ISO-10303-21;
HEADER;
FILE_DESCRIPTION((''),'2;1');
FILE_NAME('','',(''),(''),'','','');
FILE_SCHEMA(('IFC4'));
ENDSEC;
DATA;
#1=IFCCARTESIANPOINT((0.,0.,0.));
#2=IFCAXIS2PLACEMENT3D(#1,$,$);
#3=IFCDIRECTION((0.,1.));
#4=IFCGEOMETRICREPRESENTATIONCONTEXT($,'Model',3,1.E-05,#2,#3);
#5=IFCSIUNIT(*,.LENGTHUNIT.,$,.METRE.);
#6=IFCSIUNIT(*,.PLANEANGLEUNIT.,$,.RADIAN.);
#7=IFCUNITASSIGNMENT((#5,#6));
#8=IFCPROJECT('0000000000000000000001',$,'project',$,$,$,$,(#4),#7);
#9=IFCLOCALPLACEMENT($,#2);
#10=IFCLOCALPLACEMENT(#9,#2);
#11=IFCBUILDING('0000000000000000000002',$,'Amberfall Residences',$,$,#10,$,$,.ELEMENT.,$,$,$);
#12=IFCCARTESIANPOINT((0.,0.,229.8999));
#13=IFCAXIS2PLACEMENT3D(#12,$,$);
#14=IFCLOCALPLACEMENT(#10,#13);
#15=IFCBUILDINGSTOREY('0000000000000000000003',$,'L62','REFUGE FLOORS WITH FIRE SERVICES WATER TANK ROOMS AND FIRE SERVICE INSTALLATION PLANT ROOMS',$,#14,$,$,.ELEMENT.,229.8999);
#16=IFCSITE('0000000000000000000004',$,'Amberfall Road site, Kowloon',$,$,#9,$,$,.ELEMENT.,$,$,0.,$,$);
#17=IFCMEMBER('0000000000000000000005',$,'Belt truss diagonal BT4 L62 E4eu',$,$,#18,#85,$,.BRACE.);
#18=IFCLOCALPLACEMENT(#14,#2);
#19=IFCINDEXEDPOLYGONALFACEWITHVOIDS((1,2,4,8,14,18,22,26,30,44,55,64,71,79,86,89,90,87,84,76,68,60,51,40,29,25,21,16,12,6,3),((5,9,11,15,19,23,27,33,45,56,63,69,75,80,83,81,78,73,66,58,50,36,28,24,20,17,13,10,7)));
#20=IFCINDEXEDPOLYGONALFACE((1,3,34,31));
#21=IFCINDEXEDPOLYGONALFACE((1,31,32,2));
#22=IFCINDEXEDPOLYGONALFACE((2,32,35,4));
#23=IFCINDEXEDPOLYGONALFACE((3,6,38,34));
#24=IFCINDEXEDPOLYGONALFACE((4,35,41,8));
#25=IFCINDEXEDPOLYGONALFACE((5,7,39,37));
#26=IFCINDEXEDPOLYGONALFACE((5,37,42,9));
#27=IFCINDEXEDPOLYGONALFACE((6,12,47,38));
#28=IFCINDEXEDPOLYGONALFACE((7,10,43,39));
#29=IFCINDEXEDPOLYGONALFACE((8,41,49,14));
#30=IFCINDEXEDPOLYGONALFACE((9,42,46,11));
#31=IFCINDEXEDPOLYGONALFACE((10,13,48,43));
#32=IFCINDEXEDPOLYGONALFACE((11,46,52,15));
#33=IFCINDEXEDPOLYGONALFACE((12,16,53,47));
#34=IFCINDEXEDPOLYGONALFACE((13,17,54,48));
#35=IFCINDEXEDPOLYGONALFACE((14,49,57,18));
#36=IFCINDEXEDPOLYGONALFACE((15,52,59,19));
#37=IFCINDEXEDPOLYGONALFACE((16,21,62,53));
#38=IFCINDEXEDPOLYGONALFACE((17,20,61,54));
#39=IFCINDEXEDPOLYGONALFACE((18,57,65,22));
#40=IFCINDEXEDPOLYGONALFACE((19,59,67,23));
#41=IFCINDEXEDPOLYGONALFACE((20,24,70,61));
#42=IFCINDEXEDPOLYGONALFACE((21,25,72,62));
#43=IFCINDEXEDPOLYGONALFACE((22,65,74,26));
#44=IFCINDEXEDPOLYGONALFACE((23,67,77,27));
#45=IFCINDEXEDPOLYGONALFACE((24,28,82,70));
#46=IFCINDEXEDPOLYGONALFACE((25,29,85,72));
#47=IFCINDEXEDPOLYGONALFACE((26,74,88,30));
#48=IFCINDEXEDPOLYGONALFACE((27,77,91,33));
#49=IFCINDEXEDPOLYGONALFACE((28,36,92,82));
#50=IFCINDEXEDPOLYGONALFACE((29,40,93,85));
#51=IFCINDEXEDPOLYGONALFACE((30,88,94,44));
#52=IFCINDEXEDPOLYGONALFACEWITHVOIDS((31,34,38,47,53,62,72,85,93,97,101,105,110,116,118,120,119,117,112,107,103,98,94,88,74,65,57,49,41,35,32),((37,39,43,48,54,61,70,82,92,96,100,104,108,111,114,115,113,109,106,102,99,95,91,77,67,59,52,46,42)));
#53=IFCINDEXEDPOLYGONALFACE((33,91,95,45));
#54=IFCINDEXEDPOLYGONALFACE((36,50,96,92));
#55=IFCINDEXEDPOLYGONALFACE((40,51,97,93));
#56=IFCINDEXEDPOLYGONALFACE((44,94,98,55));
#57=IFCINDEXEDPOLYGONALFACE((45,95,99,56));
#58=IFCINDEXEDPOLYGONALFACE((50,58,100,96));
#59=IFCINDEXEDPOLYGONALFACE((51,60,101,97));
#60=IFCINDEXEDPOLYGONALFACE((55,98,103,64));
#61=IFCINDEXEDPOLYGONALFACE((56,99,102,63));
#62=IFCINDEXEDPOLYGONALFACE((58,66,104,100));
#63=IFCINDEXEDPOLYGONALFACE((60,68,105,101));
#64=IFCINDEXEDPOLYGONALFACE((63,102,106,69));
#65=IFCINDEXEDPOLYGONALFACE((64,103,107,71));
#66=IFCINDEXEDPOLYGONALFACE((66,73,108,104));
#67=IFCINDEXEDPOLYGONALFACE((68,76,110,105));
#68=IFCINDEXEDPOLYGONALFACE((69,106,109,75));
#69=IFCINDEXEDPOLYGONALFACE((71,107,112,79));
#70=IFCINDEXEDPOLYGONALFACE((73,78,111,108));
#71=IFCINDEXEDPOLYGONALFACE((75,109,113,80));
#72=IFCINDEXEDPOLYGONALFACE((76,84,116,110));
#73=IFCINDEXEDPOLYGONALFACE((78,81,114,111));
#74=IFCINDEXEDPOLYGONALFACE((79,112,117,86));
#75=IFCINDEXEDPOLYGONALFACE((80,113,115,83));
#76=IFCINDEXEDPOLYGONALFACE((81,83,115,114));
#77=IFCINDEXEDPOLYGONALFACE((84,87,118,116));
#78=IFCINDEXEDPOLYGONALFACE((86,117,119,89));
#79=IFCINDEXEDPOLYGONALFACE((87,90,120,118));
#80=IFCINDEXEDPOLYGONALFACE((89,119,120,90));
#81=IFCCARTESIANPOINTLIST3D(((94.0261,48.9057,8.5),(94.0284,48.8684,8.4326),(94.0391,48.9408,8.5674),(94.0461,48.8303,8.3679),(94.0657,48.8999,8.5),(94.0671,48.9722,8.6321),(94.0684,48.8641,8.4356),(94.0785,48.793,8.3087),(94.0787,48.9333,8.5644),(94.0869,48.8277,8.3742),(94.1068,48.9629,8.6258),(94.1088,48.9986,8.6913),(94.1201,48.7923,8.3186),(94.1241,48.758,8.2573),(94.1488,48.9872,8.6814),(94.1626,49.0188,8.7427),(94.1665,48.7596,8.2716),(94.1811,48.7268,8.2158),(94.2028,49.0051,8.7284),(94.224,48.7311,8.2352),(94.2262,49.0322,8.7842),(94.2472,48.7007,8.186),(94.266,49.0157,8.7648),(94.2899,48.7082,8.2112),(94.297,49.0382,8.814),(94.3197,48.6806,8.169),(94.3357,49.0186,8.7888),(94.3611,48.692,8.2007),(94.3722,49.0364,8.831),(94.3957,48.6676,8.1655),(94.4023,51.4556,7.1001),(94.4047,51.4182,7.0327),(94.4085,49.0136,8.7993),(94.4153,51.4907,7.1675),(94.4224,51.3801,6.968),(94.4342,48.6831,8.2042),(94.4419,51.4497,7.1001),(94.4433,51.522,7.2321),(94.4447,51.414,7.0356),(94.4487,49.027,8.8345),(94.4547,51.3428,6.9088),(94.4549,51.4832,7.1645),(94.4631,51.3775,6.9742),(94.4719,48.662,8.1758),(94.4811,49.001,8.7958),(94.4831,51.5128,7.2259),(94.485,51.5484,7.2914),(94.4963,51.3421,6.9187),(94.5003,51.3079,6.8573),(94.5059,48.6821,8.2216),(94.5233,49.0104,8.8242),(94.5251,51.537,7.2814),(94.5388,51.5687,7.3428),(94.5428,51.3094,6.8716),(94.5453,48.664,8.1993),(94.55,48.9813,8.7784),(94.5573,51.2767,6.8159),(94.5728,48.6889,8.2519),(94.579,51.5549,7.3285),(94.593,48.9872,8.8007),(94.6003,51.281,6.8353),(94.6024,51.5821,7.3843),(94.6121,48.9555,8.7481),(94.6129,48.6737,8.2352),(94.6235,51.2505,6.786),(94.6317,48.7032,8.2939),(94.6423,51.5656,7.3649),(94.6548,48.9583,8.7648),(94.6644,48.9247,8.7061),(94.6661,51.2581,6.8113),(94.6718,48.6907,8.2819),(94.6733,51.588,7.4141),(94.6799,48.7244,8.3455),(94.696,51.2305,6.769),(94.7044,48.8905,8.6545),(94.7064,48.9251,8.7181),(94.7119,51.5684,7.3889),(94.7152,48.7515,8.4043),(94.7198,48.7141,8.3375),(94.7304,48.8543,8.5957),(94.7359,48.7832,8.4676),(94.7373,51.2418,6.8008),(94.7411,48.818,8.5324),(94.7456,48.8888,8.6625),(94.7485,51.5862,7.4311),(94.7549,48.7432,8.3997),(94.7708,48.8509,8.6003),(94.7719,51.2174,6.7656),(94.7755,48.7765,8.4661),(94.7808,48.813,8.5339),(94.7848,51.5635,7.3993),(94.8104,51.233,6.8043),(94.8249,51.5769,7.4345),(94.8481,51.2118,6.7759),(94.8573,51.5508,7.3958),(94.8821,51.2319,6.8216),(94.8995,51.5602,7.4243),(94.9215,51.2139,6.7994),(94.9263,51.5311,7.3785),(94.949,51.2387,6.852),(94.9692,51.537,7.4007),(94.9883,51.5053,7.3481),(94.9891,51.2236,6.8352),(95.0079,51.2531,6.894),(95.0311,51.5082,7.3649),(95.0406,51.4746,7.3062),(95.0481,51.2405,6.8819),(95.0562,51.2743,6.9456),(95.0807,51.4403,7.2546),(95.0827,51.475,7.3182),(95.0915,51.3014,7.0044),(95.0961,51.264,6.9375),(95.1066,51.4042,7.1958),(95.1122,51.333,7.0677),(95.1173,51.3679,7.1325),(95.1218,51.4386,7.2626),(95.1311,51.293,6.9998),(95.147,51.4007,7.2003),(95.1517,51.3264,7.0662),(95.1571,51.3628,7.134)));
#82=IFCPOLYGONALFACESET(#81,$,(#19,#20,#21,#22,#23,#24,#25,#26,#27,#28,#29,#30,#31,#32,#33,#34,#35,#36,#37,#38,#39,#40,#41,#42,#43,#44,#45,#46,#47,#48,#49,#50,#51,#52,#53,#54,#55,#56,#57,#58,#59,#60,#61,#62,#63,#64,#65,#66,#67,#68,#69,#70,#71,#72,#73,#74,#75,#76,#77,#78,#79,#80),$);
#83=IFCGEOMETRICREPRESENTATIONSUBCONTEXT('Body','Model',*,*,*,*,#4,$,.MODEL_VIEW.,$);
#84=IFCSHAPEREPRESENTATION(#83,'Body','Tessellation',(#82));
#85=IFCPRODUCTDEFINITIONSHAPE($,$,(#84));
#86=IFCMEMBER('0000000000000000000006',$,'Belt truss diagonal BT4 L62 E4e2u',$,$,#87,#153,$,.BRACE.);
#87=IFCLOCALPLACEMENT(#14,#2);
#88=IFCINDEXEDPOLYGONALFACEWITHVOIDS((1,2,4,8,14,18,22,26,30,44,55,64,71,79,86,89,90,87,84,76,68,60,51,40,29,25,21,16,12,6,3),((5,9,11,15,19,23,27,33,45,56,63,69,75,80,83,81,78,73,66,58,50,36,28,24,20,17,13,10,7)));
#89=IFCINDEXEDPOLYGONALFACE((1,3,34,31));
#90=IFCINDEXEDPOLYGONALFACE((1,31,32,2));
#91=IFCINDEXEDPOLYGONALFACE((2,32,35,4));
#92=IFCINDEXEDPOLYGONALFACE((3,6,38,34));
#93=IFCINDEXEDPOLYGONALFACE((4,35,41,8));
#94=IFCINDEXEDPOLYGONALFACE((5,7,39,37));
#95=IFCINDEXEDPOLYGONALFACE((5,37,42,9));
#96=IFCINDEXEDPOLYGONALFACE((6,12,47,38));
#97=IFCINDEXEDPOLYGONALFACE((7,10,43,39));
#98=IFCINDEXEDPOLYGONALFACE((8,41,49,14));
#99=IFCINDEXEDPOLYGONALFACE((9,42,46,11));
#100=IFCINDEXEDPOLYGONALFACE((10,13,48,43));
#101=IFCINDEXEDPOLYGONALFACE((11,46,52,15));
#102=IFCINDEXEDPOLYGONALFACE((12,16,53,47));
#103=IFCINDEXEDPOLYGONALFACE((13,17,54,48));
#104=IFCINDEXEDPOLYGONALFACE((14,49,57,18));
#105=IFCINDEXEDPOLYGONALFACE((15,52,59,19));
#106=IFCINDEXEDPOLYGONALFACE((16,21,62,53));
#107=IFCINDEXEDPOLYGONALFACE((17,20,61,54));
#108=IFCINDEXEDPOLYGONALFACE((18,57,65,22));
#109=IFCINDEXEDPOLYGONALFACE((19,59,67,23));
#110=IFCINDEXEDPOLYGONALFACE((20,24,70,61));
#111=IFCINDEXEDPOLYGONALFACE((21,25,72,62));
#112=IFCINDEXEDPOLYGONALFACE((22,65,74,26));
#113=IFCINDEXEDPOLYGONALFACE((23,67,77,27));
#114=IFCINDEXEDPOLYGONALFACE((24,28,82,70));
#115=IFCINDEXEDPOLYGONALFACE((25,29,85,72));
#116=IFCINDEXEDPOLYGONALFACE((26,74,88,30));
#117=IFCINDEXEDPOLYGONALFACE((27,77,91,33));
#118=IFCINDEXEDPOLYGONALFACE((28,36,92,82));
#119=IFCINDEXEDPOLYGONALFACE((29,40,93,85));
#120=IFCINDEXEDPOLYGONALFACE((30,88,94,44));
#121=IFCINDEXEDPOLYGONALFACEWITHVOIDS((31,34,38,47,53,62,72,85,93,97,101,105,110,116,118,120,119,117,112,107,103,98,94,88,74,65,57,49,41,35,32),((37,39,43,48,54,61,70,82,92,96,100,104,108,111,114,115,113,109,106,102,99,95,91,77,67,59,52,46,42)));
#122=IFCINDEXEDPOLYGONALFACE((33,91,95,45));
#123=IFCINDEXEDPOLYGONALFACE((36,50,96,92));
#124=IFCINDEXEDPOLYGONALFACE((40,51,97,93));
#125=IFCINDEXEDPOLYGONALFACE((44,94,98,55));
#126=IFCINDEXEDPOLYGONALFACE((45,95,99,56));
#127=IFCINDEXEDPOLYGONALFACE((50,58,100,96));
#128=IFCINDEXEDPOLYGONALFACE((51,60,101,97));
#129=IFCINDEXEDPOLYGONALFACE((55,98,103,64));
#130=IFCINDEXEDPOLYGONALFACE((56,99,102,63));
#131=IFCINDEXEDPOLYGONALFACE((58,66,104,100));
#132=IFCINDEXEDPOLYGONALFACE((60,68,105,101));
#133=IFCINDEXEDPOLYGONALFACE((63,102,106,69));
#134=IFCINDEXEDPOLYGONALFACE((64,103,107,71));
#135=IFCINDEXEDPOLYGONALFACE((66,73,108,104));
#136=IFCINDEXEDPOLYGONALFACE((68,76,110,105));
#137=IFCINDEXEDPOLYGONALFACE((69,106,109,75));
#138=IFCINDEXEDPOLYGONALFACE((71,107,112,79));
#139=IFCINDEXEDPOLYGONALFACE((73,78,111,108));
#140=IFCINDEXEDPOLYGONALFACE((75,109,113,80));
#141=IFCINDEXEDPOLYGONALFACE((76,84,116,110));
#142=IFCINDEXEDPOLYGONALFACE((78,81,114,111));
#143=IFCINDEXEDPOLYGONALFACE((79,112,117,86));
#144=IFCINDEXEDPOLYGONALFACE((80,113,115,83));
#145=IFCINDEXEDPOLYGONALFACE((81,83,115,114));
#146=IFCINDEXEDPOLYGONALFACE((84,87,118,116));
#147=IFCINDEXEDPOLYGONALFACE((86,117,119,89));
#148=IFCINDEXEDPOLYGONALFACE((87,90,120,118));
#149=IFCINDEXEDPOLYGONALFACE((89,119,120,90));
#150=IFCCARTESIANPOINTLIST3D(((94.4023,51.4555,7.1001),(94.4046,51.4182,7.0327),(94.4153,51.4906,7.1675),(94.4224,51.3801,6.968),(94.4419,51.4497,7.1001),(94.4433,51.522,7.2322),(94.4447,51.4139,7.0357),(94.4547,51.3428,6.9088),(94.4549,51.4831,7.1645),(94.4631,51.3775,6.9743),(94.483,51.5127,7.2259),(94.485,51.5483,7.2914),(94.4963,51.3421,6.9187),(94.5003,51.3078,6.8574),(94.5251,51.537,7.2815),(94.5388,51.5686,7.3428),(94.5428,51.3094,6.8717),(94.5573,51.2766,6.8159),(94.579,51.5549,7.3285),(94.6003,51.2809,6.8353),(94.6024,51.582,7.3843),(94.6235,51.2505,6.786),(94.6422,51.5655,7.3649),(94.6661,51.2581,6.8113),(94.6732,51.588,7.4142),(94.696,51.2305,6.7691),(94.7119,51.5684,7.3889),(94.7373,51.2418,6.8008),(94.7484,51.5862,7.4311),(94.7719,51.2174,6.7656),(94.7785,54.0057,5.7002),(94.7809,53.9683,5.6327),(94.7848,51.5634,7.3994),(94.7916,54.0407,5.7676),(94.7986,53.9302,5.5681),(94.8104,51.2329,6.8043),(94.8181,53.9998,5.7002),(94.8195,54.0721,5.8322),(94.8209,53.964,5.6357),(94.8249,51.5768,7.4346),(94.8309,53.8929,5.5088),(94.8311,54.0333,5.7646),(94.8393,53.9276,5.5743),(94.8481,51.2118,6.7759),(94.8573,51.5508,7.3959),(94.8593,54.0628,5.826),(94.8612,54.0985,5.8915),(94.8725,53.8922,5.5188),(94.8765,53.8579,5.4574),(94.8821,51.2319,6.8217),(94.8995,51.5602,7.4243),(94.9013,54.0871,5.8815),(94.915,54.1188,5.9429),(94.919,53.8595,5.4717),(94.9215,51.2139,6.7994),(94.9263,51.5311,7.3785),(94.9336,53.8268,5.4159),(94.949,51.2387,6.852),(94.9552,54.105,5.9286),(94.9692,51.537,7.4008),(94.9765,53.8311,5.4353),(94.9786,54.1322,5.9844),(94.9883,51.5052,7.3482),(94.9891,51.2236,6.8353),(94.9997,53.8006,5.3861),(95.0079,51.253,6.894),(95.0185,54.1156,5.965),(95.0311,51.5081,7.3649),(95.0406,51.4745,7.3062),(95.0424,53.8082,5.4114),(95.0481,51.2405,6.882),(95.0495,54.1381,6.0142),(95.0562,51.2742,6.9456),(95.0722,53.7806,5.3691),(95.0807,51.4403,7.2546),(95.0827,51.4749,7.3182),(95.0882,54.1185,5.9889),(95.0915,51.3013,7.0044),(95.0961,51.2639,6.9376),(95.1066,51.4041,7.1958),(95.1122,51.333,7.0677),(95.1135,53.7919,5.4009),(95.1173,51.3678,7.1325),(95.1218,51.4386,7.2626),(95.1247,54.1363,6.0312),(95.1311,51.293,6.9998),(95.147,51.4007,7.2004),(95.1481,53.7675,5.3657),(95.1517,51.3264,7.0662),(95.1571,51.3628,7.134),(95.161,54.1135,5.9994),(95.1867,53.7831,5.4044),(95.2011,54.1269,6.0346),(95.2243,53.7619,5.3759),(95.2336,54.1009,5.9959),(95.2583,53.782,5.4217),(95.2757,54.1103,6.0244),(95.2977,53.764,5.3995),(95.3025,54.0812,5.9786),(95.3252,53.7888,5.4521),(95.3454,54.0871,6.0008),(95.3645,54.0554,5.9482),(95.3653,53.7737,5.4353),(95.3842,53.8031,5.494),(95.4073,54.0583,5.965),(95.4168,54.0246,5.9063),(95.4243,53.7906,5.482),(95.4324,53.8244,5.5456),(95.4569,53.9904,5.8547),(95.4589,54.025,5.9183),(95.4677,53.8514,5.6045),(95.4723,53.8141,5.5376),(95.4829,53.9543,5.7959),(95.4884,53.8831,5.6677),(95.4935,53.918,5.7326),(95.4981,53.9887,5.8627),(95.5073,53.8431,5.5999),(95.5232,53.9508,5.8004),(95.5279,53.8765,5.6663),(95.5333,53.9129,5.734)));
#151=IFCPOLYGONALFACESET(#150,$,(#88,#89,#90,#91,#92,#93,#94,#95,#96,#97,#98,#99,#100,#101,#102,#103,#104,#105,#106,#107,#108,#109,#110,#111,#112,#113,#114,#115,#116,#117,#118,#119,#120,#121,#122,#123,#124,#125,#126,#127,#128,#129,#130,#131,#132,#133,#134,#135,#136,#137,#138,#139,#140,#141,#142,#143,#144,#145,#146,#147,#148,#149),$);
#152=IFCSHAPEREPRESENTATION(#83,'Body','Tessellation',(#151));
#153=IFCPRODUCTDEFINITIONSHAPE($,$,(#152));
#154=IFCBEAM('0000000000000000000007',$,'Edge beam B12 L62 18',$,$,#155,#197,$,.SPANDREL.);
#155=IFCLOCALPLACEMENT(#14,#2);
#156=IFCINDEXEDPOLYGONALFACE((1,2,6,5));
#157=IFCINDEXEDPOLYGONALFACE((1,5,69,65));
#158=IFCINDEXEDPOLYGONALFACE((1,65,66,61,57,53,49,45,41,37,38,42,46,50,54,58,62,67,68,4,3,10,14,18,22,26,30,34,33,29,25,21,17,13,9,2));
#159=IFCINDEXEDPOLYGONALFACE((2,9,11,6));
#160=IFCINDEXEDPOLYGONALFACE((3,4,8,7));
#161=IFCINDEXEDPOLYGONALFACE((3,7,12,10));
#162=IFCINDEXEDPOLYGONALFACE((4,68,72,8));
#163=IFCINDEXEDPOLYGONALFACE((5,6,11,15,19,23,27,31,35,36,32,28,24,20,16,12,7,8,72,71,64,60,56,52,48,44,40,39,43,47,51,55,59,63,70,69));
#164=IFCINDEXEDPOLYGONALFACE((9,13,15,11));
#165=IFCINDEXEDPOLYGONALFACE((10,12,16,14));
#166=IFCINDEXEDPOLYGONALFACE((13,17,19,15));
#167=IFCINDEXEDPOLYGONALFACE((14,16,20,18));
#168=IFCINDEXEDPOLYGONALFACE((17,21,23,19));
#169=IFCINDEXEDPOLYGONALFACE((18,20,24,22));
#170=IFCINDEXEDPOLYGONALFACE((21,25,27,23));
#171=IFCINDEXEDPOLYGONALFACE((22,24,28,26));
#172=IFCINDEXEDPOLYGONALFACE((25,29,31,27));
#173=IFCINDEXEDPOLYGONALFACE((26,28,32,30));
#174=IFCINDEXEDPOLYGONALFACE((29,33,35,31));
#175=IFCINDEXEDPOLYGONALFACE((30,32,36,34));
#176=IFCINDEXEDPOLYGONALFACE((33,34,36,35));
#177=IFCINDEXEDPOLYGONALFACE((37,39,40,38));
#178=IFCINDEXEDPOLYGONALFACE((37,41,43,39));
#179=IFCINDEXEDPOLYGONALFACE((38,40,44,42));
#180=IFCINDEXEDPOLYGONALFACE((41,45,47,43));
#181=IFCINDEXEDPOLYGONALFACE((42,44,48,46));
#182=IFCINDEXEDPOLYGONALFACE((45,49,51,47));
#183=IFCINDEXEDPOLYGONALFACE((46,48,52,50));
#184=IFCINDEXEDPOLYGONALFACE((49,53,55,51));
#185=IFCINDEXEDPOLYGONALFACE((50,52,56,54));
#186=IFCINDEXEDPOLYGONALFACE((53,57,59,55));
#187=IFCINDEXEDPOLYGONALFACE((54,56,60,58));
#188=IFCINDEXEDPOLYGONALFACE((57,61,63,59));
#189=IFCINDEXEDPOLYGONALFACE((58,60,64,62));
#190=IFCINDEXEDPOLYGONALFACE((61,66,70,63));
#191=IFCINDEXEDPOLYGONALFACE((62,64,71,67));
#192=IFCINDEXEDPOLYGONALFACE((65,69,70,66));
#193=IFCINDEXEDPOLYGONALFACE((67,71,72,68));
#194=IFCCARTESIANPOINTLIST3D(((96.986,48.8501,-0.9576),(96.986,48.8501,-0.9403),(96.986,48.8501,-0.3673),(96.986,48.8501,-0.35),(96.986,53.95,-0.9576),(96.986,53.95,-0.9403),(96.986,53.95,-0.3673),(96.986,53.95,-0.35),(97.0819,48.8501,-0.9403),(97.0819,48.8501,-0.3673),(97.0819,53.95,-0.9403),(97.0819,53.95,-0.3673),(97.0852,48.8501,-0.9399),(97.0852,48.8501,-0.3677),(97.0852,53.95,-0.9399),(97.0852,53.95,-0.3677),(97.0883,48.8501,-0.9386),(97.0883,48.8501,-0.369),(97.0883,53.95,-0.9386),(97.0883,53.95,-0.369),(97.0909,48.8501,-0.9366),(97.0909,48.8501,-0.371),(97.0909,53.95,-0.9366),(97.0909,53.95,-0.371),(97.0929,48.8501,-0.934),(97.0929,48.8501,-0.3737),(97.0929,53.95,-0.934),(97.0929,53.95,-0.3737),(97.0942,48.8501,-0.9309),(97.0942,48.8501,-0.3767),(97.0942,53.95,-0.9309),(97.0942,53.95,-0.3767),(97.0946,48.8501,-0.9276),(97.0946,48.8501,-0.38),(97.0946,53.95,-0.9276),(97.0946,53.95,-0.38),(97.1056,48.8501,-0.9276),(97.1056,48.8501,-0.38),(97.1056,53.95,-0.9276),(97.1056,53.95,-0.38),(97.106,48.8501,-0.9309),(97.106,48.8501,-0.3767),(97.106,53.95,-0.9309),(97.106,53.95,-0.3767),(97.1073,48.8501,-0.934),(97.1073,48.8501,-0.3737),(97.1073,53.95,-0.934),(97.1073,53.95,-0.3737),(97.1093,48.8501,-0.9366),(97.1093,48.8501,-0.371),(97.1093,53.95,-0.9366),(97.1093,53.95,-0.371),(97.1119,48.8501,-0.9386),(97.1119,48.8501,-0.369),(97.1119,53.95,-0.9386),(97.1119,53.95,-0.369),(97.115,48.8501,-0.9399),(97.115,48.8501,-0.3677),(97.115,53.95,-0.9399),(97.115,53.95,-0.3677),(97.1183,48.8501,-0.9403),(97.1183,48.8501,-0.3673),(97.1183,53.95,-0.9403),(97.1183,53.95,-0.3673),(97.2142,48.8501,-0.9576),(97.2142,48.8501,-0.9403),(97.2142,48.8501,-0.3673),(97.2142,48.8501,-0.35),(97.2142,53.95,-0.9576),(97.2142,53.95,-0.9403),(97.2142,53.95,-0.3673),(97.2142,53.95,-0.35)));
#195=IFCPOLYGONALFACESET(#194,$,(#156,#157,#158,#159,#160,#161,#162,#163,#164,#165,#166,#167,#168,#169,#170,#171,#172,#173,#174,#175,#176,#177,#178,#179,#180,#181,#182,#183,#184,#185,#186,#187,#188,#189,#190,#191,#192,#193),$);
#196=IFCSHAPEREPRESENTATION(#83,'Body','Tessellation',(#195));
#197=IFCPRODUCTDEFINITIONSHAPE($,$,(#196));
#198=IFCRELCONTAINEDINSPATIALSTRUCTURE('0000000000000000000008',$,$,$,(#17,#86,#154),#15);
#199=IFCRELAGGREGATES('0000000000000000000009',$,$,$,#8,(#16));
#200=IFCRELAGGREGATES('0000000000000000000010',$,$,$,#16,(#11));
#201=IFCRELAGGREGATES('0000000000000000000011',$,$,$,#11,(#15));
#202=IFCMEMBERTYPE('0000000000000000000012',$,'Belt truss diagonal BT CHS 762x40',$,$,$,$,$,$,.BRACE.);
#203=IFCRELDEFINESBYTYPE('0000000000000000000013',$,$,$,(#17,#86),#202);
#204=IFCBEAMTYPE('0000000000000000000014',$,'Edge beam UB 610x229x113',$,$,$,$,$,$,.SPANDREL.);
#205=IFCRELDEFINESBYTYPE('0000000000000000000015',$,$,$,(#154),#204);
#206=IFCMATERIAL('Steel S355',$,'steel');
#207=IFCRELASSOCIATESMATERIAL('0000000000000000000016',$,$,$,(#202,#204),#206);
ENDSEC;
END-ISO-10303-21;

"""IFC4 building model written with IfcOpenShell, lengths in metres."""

from ifc_helpers import new_model, si_unit, direction, frame, origin, origin_2d, place, context, subcontext, project, spatial, hollow_circle, i_section, extrude, material, material_profile, profile_set, type_object, element, save


model = new_model("IFC4")

# Units and contexts
model_context = context("Model", 3, precision=1e-05, world=origin(), true_north=direction((0.0, 1.0)))
body_context = subcontext(model_context, "Body", "Model", "MODEL_VIEW")
ifc_project = project(units=[si_unit("LENGTHUNIT", "METRE"), si_unit("PLANEANGLEUNIT", "RADIAN")], contexts=[model_context])

# Site, building, storey
site_placement = place(None, origin())
site = spatial("IfcSite", under=ifc_project, at=site_placement, Name="Amberfall Road site, Kowloon", CompositionType="ELEMENT", RefElevation=0.0)
building_placement = place(site_placement, origin())
building = spatial("IfcBuilding", under=site, at=building_placement, Name="Amberfall Residences", CompositionType="ELEMENT")
storey_placement = place(building_placement, frame((0.0, 0.0, 229.8999)))
storey = spatial("IfcBuildingStorey", under=building, at=storey_placement, Name="L62", Description="REFUGE FLOORS WITH FIRE SERVICES WATER TANK ROOMS AND FIRE SERVICE INSTALLATION PLANT ROOMS", CompositionType="ELEMENT", Elevation=229.8999)

# Shared definitions
ifc_material_1 = material(Name="Steel S355", Category="steel")

# Members
ifc_material_profile_1 = material_profile(ifc_material_1, hollow_circle(Radius=0.3811, WallThickness=0.04, at=origin_2d()), Name="CHS 762x40")
ifc_profile_set_1 = profile_set([ifc_material_profile_1], Name="Steel S355")
member_type_1 = type_object("IfcMemberType", Name="Belt truss diagonal BT CHS 762x40", PredefinedType="BRACE", material=ifc_profile_set_1)
member_1_placement = place(storey_placement, frame((94.4031, 48.8501, 8.5), z_axis=(0.12827, 0.869336, -0.477286), x_axis=(-0.989289, 0.145968, 0.0)))
element("IfcMember", 1, at=member_1_placement, inside=storey, type_object=member_type_1, Name="Belt truss diagonal BT4 L62 E4eu", PredefinedType="BRACE", context=body_context, shape_type="SweptSolid", body=[
    extrude(hollow_circle(Radius=0.3811, WallThickness=0.04, at=origin_2d()), origin(), (0.0, 0.0, 1.0), 2.9331),
])
member_2_placement = place(storey_placement, frame((94.7793, 51.3999, 7.1001), z_axis=(0.12826, 0.869356, -0.477251), x_axis=(-0.989291, 0.145955, 0.0)))
element("IfcMember", 2, at=member_2_placement, inside=storey, type_object=member_type_1, Name="Belt truss diagonal BT4 L62 E4e2u", PredefinedType="BRACE", context=body_context, shape_type="SweptSolid", body=[
    extrude(hollow_circle(Radius=0.3811, WallThickness=0.04, at=origin_2d()), origin(), (0.0, 0.0, 1.0), 2.9333),
])

# Beam
ifc_material_profile_2 = material_profile(ifc_material_1, i_section(OverallWidth=0.2283, OverallDepth=0.6077, WebThickness=0.011, FlangeThickness=0.0173, FilletRadius=0.0127, at=origin_2d()), Name="UB 610x229x113")
ifc_profile_set_2 = profile_set([ifc_material_profile_2], Name="Steel S355")
beam_type_1 = type_object("IfcBeamType", Name="Edge beam UB 610x229x113", PredefinedType="SPANDREL", material=ifc_profile_set_2)
beam_1_placement = place(storey_placement, frame((97.1001, 48.8501, -0.6538), z_axis=(0.0, 1.0, 0.0), x_axis=(-1.0, 0.0, 0.0)))
element("IfcBeam", 3, at=beam_1_placement, inside=storey, type_object=beam_type_1, Name="Edge beam B12 L62 18", PredefinedType="SPANDREL", context=body_context, shape_type="SweptSolid", body=[
    extrude(i_section(OverallWidth=0.2283, OverallDepth=0.6077, WebThickness=0.011, FlangeThickness=0.0173, FilletRadius=0.0127, at=origin_2d()), origin(), (0.0, 0.0, 1.0), 5.0999),
])

save(model, "model.ifc")
